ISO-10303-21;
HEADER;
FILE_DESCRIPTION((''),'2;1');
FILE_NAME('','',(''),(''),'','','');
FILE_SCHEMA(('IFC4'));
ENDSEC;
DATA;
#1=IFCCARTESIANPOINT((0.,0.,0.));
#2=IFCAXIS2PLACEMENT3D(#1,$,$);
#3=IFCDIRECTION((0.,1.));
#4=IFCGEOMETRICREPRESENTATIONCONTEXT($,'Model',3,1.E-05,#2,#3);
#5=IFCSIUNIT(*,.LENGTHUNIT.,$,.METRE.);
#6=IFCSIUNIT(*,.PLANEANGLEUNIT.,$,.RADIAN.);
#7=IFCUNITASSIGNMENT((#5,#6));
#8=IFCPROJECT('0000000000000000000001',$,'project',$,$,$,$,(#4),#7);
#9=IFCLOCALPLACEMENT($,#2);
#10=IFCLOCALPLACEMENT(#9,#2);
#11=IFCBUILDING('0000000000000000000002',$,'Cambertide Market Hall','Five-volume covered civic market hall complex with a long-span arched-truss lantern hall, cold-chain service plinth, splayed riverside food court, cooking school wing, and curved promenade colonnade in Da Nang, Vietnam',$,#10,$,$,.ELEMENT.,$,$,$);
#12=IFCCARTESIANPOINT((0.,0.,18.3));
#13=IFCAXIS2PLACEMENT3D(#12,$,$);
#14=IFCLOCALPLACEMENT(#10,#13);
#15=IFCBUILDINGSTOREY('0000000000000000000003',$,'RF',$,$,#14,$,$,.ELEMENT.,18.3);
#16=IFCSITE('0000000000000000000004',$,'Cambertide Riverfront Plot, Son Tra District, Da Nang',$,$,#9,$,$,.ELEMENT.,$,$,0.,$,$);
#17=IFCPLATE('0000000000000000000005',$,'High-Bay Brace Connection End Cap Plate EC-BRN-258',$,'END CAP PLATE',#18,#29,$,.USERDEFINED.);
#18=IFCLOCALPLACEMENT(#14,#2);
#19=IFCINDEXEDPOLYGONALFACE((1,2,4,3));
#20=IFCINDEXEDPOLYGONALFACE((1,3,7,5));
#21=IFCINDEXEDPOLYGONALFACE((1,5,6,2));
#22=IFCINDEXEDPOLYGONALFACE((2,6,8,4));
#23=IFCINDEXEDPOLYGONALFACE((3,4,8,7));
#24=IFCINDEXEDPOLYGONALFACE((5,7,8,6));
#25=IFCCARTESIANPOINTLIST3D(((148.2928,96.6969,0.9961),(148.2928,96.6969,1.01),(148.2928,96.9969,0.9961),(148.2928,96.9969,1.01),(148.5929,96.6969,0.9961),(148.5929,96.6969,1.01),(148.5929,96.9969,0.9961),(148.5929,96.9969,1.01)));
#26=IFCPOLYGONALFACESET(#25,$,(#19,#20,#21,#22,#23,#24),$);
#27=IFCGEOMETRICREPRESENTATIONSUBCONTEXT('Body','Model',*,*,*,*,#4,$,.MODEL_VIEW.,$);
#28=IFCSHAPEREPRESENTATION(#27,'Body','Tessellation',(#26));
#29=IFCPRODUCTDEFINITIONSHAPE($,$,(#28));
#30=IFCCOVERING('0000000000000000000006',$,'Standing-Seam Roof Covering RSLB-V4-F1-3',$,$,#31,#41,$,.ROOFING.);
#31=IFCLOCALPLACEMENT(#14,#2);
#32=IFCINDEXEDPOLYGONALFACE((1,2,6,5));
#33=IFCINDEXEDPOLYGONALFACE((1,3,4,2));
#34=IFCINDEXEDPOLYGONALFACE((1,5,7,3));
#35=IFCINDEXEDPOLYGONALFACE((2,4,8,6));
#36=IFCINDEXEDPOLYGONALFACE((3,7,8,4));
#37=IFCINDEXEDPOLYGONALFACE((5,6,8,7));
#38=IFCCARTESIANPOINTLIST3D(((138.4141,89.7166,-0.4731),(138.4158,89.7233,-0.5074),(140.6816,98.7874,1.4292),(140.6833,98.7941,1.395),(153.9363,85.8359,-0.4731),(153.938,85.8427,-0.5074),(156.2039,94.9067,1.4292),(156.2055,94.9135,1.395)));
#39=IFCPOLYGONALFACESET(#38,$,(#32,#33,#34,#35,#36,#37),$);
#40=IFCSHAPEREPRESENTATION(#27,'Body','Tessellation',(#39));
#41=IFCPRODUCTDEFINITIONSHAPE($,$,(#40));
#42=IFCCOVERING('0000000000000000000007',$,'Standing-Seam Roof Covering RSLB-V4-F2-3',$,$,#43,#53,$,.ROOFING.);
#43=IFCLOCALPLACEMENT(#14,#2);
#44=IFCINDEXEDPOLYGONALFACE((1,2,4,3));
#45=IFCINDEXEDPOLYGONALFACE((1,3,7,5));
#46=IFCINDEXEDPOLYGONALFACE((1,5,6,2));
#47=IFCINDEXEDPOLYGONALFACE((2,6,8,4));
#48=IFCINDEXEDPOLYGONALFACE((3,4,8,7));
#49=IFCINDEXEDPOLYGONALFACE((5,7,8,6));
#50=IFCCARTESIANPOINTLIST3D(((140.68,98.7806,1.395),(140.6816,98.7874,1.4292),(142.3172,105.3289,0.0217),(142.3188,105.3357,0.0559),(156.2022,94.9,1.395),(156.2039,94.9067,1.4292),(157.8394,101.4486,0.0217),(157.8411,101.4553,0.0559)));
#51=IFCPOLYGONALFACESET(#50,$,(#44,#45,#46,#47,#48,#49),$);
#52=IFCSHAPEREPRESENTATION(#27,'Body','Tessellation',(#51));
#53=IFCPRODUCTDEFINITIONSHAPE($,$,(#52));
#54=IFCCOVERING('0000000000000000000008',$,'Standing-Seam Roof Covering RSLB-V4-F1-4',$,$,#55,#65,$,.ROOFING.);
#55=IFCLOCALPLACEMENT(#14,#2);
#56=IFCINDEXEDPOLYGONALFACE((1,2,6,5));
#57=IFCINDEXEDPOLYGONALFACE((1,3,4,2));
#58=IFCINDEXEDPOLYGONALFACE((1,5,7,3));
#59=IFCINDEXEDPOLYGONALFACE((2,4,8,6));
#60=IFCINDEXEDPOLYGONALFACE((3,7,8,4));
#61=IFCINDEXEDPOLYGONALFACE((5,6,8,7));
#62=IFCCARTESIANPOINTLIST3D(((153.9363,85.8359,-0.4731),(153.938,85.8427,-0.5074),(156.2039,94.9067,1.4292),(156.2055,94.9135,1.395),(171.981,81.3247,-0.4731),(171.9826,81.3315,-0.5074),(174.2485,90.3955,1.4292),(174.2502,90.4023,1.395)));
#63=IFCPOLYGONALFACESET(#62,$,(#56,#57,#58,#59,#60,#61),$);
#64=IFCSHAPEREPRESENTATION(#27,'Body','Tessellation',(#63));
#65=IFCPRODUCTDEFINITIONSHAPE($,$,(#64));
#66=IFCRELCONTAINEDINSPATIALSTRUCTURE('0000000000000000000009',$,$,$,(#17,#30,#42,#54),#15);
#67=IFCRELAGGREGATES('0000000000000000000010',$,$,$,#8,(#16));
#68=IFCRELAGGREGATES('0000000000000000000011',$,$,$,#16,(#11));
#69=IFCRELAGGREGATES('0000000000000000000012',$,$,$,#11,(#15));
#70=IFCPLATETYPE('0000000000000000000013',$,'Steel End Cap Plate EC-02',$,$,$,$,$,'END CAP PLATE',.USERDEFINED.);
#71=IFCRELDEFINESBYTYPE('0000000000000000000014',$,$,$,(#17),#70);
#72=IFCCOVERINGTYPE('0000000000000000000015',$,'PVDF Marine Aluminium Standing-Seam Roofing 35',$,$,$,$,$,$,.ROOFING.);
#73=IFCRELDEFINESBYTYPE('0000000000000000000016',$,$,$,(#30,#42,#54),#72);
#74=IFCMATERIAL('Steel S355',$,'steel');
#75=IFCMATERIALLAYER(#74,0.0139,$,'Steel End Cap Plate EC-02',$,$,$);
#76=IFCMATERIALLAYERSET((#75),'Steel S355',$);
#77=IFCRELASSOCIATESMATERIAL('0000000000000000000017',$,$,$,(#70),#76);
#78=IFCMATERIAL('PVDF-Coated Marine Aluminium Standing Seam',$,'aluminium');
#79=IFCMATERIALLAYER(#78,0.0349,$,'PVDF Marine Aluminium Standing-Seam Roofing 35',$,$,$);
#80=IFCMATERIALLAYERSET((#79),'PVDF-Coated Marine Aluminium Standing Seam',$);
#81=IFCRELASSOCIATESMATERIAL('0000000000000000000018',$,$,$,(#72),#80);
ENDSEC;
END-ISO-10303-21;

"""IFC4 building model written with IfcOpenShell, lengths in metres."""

from ifc_helpers import new_model, si_unit, direction, frame, origin, origin_2d, place, context, subcontext, project, spatial, polyline, rectangle, outline, extrude, material, layer, layer_set, type_object, element, save


model = new_model("IFC4")

# Units and contexts
model_context = context("Model", 3, precision=1e-05, world=origin(), true_north=direction((0.0, 1.0)))
body_context = subcontext(model_context, "Body", "Model", "MODEL_VIEW")
ifc_project = project(units=[si_unit("LENGTHUNIT", "METRE"), si_unit("PLANEANGLEUNIT", "RADIAN")], contexts=[model_context])

# Site, building, storey
site_placement = place(None, origin())
site = spatial("IfcSite", under=ifc_project, at=site_placement, Name="Cambertide Riverfront Plot, Son Tra District, Da Nang", CompositionType="ELEMENT", RefElevation=0.0)
building_placement = place(site_placement, origin())
building = spatial("IfcBuilding", under=site, at=building_placement, Name="Cambertide Market Hall", Description="Five-volume covered civic market hall complex with a long-span arched-truss lantern hall, cold-chain service plinth, splayed riverside food court, cooking school wing, and curved promenade colonnade in Da Nang, Vietnam", CompositionType="ELEMENT")
storey_placement = place(building_placement, frame((0.0, 0.0, 18.3)))
storey = spatial("IfcBuildingStorey", under=building, at=storey_placement, Name="RF", CompositionType="ELEMENT", Elevation=18.3)

# Plate
ifc_material_1 = material(Name="Steel S355", Category="steel")
ifc_layer_1 = layer(ifc_material_1, 0.0139, Name="Steel End Cap Plate EC-02")
ifc_layer_set_1 = layer_set([ifc_layer_1], Name="Steel S355")
plate_type = type_object("IfcPlateType", Name="Steel End Cap Plate EC-02", ElementType="END CAP PLATE", PredefinedType="USERDEFINED", material=ifc_layer_set_1)
for number, where, z_axis, x_axis, name in (
    (1, (148.4429, 96.8469, 0.9961), (0.0, 0.0, 1.0), (1.0, 0.0, 0.0), "High-Bay Brace Connection End Cap Plate EC-BRN-258"),
):
    element("IfcPlate", number, at=place(storey_placement, frame(where, z_axis=z_axis, x_axis=x_axis)), inside=storey, type_object=plate_type, Name=name, ObjectType="END CAP PLATE", PredefinedType="USERDEFINED", context=body_context, shape_type="SweptSolid", body=[
        extrude(rectangle(XDim=0.3, YDim=0.3, at=origin_2d()), origin(), (0.0, 0.0, 1.0), 0.0139),
    ])

# Coverings
ifc_material_2 = material(Name="PVDF-Coated Marine Aluminium Standing Seam", Category="aluminium")
ifc_layer_2 = layer(ifc_material_2, 0.0349, Name="PVDF Marine Aluminium Standing-Seam Roofing 35")
ifc_layer_set_2 = layer_set([ifc_layer_2], Name="PVDF-Coated Marine Aluminium Standing Seam")
covering_type = type_object("IfcCoveringType", Name="PVDF Marine Aluminium Standing-Seam Roofing 35", PredefinedType="ROOFING", material=ifc_layer_set_2)
covering_1_placement = place(storey_placement, frame((138.4141, 89.7166, -0.4731), z_axis=(-0.048356, -0.193423, 0.979923), x_axis=(0.970142, -0.242539, 0.0)))
element("IfcCovering", 2, at=covering_1_placement, inside=storey, type_object=covering_type, Name="Standing-Seam Roof Covering RSLB-V4-F1-3", PredefinedType="ROOFING", context=body_context, shape_type="SweptSolid", body=[
    extrude(outline(polyline([(0.0, 0.0), (15.9999, 0.0), (15.9998, 9.5415), (-0.0002, 9.5415), (0.0, 0.0)])), origin(), (0.0, 0.0, -1.0), 0.0349),
])
covering_2_placement = place(storey_placement, frame((140.6816, 98.7874, 1.4292), z_axis=(0.048353, 0.193413, 0.979925), x_axis=(0.970142, -0.242539, 0.000001)))
element("IfcCovering", 3, at=covering_2_placement, inside=storey, type_object=covering_type, Name="Standing-Seam Roof Covering RSLB-V4-F2-3", PredefinedType="ROOFING", context=body_context, shape_type="SweptSolid", body=[
    extrude(outline(polyline([(0.0, 0.0), (15.9999, 0.0), (16.0, 6.8884), (0.0001, 6.8882), (0.0, 0.0)])), origin(), (0.0, 0.0, -1.0), 0.0349),
])
covering_3_placement = place(storey_placement, frame((153.9363, 85.8359, -0.4731), z_axis=(-0.048356, -0.193423, 0.979923), x_axis=(0.970142, -0.242539, 0.0)))
element("IfcCovering", 4, at=covering_3_placement, inside=storey, type_object=covering_type, Name="Standing-Seam Roof Covering RSLB-V4-F1-4", PredefinedType="ROOFING", context=body_context, shape_type="SweptSolid", body=[
    extrude(outline(polyline([(0.0, 0.0), (18.6, 0.0), (18.5999, 9.5415), (-0.0001, 9.5415), (0.0, 0.0)])), origin(), (0.0, 0.0, -1.0), 0.0349),
])

save(model, "model.ifc")
